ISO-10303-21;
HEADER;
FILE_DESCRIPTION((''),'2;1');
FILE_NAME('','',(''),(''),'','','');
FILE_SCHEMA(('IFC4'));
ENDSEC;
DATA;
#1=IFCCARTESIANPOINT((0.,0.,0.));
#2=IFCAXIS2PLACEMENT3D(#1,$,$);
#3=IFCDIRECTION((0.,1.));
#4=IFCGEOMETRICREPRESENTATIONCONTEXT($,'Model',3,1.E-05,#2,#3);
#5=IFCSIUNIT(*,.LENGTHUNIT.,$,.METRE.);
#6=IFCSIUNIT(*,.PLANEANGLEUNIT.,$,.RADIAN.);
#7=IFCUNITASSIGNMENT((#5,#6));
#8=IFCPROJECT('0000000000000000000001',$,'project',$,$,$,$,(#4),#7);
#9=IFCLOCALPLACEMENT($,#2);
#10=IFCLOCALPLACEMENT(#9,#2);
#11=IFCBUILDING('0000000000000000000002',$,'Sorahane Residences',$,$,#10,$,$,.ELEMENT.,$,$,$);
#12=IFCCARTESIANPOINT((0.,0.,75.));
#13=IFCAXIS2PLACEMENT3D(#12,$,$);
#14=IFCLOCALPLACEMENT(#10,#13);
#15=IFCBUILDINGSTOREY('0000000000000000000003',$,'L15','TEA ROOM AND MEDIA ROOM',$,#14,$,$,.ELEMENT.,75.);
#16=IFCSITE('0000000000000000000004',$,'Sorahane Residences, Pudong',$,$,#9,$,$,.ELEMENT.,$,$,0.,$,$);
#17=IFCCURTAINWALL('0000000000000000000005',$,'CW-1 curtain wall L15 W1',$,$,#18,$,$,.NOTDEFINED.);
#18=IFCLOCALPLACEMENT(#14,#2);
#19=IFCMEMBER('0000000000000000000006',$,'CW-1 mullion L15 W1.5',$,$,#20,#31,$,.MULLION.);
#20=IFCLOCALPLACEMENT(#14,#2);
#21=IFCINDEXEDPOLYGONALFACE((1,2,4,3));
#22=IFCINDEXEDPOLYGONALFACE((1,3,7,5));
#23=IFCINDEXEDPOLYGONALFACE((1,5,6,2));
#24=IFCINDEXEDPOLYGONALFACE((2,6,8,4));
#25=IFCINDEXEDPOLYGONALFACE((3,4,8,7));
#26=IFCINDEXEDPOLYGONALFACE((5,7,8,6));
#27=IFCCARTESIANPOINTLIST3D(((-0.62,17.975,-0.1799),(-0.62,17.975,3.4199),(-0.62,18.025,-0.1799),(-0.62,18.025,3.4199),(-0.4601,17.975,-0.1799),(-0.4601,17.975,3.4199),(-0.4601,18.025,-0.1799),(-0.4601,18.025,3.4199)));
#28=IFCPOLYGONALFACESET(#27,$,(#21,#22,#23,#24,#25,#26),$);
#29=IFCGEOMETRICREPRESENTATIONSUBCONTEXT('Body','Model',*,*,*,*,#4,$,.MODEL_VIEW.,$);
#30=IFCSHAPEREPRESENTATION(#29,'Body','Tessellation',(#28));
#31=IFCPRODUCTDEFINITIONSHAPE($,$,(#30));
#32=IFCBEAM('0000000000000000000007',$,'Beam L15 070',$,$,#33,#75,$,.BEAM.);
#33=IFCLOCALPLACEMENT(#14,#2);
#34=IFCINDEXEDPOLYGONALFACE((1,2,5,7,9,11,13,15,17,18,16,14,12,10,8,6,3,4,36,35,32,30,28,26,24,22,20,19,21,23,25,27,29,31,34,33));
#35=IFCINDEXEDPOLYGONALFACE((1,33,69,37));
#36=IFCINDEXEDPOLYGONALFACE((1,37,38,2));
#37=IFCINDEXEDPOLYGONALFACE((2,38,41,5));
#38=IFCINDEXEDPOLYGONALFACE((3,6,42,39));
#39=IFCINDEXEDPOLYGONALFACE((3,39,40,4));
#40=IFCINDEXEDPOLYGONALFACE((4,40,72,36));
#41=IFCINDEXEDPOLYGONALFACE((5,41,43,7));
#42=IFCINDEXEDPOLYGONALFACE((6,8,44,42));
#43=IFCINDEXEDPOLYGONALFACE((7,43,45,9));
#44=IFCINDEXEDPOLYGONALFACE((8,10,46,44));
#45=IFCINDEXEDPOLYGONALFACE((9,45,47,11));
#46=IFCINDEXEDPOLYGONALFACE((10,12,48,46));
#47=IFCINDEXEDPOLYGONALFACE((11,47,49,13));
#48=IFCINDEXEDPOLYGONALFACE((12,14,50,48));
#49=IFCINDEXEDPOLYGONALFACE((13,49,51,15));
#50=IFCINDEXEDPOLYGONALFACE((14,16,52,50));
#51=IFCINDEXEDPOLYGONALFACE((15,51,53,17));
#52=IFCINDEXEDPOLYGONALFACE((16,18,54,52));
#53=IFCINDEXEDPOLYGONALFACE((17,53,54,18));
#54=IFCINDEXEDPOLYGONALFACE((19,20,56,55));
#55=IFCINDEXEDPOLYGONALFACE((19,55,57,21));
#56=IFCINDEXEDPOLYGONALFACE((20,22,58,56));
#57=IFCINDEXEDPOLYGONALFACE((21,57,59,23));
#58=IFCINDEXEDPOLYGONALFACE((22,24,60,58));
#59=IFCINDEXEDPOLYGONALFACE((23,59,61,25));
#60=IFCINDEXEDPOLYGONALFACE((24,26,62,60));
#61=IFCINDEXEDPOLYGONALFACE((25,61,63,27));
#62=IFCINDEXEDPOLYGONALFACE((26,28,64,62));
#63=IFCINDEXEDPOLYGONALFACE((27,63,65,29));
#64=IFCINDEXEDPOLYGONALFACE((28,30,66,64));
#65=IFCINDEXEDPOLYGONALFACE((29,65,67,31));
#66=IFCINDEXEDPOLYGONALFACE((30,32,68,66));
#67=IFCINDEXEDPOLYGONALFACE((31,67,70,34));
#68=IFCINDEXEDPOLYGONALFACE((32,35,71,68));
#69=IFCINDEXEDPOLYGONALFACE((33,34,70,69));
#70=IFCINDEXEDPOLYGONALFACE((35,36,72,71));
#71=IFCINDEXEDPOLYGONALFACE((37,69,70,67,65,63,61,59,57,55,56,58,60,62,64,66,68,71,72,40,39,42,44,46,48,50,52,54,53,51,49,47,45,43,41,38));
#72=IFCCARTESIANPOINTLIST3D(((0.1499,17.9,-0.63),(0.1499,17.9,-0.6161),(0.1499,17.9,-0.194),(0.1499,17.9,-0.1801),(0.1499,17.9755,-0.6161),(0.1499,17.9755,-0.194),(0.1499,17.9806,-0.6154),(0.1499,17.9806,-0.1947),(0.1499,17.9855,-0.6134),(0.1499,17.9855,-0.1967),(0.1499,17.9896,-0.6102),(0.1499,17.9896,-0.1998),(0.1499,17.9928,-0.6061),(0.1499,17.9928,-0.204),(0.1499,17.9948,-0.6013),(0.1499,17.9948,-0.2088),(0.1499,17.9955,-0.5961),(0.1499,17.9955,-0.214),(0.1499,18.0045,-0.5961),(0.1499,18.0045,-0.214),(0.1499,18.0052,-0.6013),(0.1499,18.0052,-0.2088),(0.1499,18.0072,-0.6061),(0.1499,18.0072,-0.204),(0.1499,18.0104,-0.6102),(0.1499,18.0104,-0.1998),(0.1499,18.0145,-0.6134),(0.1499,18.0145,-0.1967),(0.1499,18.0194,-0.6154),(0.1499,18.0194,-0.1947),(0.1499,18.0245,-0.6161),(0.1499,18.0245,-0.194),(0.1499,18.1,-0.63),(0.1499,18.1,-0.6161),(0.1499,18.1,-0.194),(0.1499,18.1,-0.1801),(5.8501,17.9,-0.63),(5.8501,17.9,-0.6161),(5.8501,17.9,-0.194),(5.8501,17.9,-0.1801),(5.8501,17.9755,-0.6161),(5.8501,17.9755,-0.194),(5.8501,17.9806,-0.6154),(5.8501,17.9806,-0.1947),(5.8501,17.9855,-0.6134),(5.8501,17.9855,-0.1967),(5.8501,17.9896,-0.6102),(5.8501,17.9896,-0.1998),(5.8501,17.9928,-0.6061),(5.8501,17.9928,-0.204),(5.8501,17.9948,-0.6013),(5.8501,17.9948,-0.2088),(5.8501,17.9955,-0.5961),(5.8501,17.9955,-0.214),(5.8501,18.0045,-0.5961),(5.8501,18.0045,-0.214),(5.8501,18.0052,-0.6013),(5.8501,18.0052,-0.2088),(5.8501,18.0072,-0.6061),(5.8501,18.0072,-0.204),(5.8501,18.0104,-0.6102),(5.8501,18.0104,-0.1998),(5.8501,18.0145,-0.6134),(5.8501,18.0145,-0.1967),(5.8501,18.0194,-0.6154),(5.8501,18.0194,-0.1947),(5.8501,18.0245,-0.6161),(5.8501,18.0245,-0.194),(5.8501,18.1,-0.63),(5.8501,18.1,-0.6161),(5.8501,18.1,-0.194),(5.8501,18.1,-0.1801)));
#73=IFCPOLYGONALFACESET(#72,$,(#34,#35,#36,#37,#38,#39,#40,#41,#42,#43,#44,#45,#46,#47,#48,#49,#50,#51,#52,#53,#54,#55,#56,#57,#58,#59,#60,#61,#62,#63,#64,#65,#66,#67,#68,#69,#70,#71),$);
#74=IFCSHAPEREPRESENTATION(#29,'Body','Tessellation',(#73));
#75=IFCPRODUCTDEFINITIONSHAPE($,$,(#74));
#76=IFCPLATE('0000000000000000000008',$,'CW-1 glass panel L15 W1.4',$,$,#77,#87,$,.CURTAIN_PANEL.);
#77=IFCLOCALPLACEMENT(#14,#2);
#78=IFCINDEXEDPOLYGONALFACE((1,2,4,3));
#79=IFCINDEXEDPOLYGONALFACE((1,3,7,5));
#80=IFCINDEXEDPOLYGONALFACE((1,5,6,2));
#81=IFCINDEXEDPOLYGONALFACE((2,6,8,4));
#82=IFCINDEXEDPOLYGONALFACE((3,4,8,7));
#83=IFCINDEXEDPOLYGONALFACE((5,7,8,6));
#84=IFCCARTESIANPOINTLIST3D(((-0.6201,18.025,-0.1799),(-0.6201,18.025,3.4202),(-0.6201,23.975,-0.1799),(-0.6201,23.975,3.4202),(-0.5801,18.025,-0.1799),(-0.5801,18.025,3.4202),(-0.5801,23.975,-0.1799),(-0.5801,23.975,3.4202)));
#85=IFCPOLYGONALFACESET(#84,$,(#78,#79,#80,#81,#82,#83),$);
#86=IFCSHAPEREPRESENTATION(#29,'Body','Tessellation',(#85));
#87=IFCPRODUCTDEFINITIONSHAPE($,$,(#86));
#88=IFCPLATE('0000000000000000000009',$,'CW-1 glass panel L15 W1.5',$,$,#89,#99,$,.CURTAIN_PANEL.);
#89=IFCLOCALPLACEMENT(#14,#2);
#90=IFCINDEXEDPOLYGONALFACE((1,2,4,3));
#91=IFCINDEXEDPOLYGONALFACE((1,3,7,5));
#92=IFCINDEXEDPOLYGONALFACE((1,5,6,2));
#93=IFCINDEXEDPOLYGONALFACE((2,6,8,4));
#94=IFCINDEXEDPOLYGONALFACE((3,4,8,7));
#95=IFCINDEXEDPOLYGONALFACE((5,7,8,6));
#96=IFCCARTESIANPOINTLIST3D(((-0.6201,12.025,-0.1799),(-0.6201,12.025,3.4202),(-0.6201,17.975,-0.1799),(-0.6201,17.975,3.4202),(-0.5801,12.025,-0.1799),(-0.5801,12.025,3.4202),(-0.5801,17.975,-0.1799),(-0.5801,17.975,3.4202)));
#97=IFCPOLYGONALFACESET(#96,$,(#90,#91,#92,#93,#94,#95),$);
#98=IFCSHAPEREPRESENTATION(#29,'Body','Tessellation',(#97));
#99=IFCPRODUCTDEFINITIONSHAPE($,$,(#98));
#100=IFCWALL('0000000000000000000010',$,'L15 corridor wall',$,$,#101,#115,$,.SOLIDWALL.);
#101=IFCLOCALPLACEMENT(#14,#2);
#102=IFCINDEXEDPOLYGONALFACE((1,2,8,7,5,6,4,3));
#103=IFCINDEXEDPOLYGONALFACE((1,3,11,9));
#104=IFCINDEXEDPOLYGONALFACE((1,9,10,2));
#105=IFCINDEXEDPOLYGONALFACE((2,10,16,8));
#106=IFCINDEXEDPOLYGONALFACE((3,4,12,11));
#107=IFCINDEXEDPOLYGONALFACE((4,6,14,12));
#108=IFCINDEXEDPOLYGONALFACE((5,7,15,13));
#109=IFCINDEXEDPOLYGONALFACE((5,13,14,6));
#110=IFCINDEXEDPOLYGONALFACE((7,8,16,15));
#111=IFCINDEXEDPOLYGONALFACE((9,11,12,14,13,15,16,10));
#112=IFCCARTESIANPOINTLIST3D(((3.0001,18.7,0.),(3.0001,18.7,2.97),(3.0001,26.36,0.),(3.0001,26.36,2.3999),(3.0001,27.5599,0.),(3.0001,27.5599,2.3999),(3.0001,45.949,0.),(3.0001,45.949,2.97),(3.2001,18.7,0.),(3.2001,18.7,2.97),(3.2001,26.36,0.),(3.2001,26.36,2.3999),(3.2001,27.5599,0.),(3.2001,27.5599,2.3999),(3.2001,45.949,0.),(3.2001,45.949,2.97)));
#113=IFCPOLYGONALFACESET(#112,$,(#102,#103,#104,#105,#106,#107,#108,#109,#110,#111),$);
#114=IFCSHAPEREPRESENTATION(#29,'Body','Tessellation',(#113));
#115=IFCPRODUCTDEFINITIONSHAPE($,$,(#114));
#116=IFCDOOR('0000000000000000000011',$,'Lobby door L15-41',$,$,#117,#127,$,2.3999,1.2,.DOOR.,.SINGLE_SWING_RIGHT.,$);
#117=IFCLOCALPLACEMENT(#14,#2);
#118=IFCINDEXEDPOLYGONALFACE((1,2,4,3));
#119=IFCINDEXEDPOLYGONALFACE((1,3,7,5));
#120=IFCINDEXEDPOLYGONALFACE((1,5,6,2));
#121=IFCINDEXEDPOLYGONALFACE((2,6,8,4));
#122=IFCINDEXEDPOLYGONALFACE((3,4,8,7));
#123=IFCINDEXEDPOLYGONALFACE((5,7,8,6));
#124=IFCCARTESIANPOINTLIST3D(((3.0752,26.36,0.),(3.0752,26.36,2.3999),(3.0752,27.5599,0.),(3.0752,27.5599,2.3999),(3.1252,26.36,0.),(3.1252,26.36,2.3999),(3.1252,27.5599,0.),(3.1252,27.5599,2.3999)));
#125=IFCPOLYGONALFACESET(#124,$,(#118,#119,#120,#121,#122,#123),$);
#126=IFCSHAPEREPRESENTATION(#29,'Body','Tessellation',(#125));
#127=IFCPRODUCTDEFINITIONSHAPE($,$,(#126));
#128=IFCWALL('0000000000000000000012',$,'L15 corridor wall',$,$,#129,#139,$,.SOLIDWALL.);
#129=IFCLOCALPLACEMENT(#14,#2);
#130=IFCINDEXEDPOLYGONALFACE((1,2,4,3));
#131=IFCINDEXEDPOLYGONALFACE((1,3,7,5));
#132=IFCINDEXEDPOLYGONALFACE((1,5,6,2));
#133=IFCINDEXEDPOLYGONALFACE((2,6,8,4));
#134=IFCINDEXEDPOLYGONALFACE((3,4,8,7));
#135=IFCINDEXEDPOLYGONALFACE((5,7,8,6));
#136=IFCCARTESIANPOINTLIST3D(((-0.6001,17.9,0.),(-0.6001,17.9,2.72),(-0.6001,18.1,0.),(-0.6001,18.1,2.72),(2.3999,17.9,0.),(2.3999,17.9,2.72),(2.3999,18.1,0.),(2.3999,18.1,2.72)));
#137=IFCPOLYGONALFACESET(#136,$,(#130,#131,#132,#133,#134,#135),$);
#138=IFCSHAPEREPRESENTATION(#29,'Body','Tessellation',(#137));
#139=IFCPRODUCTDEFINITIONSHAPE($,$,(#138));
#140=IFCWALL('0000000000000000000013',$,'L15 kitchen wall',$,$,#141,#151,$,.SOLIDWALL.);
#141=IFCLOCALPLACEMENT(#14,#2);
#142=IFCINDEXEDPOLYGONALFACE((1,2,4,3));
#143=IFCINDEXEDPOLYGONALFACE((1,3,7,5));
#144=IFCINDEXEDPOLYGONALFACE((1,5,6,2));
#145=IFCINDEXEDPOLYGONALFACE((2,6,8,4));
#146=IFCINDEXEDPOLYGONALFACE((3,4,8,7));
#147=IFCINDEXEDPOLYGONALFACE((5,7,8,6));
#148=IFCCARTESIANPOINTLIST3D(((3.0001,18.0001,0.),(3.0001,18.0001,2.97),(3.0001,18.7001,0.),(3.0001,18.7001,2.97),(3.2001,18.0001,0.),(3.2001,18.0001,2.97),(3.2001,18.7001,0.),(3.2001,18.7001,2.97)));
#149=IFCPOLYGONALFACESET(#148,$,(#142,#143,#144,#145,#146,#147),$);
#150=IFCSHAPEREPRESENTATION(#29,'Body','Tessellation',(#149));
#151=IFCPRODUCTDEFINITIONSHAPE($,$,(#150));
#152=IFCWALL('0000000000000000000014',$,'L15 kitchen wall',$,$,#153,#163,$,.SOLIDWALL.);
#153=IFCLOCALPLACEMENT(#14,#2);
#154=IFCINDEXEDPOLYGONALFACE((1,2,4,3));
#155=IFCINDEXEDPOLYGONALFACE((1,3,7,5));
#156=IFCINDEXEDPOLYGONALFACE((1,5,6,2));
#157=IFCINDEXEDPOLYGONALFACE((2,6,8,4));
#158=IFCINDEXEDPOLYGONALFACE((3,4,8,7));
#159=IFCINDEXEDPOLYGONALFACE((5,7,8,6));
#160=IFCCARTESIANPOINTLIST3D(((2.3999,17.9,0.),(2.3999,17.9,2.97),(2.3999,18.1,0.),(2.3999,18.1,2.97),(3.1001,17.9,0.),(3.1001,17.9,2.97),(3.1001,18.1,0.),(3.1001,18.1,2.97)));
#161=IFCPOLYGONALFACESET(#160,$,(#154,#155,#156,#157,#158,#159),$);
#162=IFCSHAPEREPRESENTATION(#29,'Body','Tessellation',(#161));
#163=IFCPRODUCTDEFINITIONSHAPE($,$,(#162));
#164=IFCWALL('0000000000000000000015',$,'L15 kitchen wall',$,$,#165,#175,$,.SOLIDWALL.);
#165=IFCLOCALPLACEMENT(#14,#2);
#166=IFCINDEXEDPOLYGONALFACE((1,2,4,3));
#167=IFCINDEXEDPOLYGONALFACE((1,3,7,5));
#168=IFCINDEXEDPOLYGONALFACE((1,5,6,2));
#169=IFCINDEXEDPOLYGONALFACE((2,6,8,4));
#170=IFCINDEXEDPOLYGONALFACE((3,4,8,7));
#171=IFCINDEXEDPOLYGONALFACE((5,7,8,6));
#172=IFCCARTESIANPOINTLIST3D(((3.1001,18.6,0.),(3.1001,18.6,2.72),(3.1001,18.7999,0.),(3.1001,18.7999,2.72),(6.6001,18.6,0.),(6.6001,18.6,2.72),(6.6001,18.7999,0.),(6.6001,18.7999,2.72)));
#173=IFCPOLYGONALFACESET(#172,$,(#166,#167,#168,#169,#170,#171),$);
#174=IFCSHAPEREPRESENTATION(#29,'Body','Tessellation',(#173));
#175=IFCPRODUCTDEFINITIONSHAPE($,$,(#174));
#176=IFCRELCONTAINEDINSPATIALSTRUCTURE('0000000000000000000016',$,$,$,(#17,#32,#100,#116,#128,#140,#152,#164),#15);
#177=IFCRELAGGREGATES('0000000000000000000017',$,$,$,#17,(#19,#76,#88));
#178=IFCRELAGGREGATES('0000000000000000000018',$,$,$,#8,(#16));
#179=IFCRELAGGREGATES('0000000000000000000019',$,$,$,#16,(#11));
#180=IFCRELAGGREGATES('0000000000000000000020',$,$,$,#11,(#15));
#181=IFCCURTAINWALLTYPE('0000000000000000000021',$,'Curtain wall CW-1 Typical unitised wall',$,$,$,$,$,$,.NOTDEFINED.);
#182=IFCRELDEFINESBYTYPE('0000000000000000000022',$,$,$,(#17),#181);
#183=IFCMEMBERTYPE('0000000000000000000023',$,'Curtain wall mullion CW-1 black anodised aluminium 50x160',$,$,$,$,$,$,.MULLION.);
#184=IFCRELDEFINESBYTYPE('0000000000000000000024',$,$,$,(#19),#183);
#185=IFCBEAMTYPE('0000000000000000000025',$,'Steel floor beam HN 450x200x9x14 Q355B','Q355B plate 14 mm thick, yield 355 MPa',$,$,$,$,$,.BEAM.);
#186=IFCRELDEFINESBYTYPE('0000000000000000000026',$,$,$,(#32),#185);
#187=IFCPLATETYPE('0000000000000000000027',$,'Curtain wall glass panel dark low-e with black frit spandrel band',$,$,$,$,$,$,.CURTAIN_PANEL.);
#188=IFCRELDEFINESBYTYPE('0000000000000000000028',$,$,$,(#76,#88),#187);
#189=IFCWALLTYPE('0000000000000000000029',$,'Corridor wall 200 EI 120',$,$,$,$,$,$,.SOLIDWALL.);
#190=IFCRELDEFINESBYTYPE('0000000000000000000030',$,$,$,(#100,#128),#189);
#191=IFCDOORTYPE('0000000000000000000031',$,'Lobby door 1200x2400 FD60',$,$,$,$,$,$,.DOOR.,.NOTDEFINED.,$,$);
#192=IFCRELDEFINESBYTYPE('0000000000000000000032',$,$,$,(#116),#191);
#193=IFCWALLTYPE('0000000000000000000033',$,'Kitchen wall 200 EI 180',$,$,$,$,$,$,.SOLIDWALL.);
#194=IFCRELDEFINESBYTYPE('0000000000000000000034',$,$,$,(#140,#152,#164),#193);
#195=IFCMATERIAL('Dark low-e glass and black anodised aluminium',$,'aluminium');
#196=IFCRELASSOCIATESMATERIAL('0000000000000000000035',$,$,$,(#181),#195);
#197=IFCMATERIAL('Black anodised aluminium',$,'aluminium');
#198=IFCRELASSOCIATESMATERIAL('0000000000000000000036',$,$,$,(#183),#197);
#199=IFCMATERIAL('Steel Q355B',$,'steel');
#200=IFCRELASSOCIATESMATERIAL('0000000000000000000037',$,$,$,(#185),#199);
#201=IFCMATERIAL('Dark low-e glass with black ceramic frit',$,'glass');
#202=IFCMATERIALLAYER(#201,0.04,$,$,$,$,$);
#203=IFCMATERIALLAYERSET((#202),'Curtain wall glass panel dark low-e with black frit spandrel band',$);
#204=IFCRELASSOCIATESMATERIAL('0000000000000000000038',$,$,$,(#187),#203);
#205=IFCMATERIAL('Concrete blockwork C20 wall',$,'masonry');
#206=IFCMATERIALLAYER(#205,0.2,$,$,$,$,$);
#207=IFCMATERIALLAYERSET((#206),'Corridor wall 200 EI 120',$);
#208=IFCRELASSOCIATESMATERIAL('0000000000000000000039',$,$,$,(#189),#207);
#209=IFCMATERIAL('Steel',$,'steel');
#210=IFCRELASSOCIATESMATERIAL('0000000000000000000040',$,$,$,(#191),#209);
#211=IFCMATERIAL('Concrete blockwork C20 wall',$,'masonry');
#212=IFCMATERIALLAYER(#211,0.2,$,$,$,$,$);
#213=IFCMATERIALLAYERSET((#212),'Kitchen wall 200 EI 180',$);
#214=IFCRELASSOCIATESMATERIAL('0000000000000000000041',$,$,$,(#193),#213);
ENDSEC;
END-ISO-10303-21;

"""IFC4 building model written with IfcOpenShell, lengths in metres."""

from ifc_helpers import new_model, si_unit, direction, frame, frame_2d, origin, origin_2d, place, context, subcontext, project, spatial, rectangle, i_section, extrude, material, layer, layer_set, material_profile, profile_set, type_object, element, fill, aggregate, save


model = new_model("IFC4")

# Units and contexts
model_context = context("Model", 3, precision=1e-05, world=origin(), true_north=direction((0.0, 1.0)))
body_context = subcontext(model_context, "Body", "Model", "MODEL_VIEW")
ifc_project = project(units=[si_unit("LENGTHUNIT", "METRE"), si_unit("PLANEANGLEUNIT", "RADIAN")], contexts=[model_context])

# Site, building, storey
site_placement = place(None, origin())
site = spatial("IfcSite", under=ifc_project, at=site_placement, Name="Sorahane Residences, Pudong", CompositionType="ELEMENT", RefElevation=0.0)
building_placement = place(site_placement, origin())
building = spatial("IfcBuilding", under=site, at=building_placement, Name="Sorahane Residences", CompositionType="ELEMENT")
storey_placement = place(building_placement, frame((0.0, 0.0, 75.0)))
storey = spatial("IfcBuildingStorey", under=building, at=storey_placement, Name="L15", Description="TEA ROOM AND MEDIA ROOM", CompositionType="ELEMENT", Elevation=75.0)

# Curtain wall, member
ifc_material_1 = material(Name="Dark low-e glass and black anodised aluminium", Category="aluminium")
curtain_wall_type = type_object("IfcCurtainWallType", Name="Curtain wall CW-1 Typical unitised wall", PredefinedType="NOTDEFINED", material=ifc_material_1)
curtain_wall_placement = place(storey_placement, origin())
curtain_wall = element("IfcCurtainWall", 1, at=curtain_wall_placement, inside=storey, type_object=curtain_wall_type, Name="CW-1 curtain wall L15 W1", PredefinedType="NOTDEFINED")
ifc_material_2 = material(Name="Black anodised aluminium", Category="aluminium")
ifc_material_profile_1 = material_profile(ifc_material_2, rectangle(XDim=0.1599, YDim=0.05, at=origin_2d()), Name="Curtain wall mullion CW-1 black anodised aluminium 50x160")
ifc_profile_set_1 = profile_set([ifc_material_profile_1], Name="Black anodised aluminium")
member_type = type_object("IfcMemberType", Name="Curtain wall mullion CW-1 black anodised aluminium 50x160", PredefinedType="MULLION", material=ifc_profile_set_1)
member_placement = place(storey_placement, frame((-0.54, 18.0, -0.1799), z_axis=(0.0, 0.0, 1.0), x_axis=(-1.0, 0.0, 0.0)))
member = element("IfcMember", 2, at=member_placement, type_object=member_type, Name="CW-1 mullion L15 W1.5", PredefinedType="MULLION", context=body_context, shape_type="SweptSolid", body=[
    extrude(rectangle(XDim=0.1599, YDim=0.05, at=origin_2d()), origin(), (0.0, 0.0, 1.0), 3.5999),
])

# Beam
ifc_material_3 = material(Name="Steel Q355B", Category="steel")
ifc_material_profile_2 = material_profile(ifc_material_3, i_section(OverallWidth=0.2, OverallDepth=0.45, WebThickness=0.009, FlangeThickness=0.0139, FilletRadius=0.02, at=origin_2d()), Name="HN 450x200x9x14")
ifc_profile_set_2 = profile_set([ifc_material_profile_2], Name="Steel Q355B")
beam_type = type_object("IfcBeamType", Name="Steel floor beam HN 450x200x9x14 Q355B", Description="Q355B plate 14 mm thick, yield 355 MPa", PredefinedType="BEAM", material=ifc_profile_set_2)
beam_placement = place(storey_placement, frame((0.1499, 18.0, -0.405), z_axis=(1.0, 0.0, 0.0), x_axis=(0.0, 1.0, 0.0)))
element("IfcBeam", 3, at=beam_placement, inside=storey, type_object=beam_type, Name="Beam L15 070", PredefinedType="BEAM", context=body_context, shape_type="SweptSolid", body=[
    extrude(i_section(OverallWidth=0.2, OverallDepth=0.45, WebThickness=0.009, FlangeThickness=0.0139, FilletRadius=0.02, at=origin_2d()), origin(), (0.0, 0.0, 1.0), 5.7002),
])

# Plates
ifc_material_4 = material(Name="Dark low-e glass with black ceramic frit", Category="glass")
ifc_layer_1 = layer(ifc_material_4, 0.04)
ifc_layer_set_1 = layer_set([ifc_layer_1], Name="Curtain wall glass panel dark low-e with black frit spandrel band")
plate_type = type_object("IfcPlateType", Name="Curtain wall glass panel dark low-e with black frit spandrel band", PredefinedType="CURTAIN_PANEL", material=ifc_layer_set_1)
plate_1_placement = place(storey_placement, frame((-0.6001, 21.0, -0.1799), z_axis=(0.0, 0.0, 1.0), x_axis=(0.0, -1.0, 0.0)))
plate_1 = element("IfcPlate", 4, at=plate_1_placement, type_object=plate_type, Name="CW-1 glass panel L15 W1.4", PredefinedType="CURTAIN_PANEL", context=body_context, shape_type="SweptSolid", body=[
    extrude(rectangle(XDim=5.95, YDim=0.04, at=origin_2d()), origin(), (0.0, 0.0, 1.0), 3.6001),
])
plate_2_placement = place(storey_placement, frame((-0.6001, 15.0, -0.1799), z_axis=(0.0, 0.0, 1.0), x_axis=(0.0, -1.0, 0.0)))
plate_2 = element("IfcPlate", 5, at=plate_2_placement, type_object=plate_type, Name="CW-1 glass panel L15 W1.5", PredefinedType="CURTAIN_PANEL", context=body_context, shape_type="SweptSolid", body=[
    extrude(rectangle(XDim=5.95, YDim=0.04, at=origin_2d()), origin(), (0.0, 0.0, 1.0), 3.6001),
])
aggregate(curtain_wall, [member, plate_1, plate_2])

# Wall, opening, door
ifc_material_5 = material(Name="Concrete blockwork C20 wall", Category="masonry")
ifc_layer_2 = layer(ifc_material_5, 0.2)
ifc_layer_set_2 = layer_set([ifc_layer_2], Name="Corridor wall 200 EI 120")
wall_type_1 = type_object("IfcWallType", Name="Corridor wall 200 EI 120", PredefinedType="SOLIDWALL", material=ifc_layer_set_2)
wall_1_placement = place(storey_placement, frame((3.1001, 18.7, 0.0), z_axis=(0.0, 0.0, 1.0), x_axis=(0.0, 1.0, 0.0)))
wall_1 = element("IfcWall", 6, at=wall_1_placement, inside=storey, type_object=wall_type_1, Name="L15 corridor wall", PredefinedType="SOLIDWALL", context=body_context, shape_type="SweptSolid", body=[
    extrude(rectangle(XDim=27.249, YDim=0.2, at=frame_2d((13.6245, 0.0))), origin(), (0.0, 0.0, 1.0), 2.97),
])
opening_1_placement = place(wall_1_placement, frame((7.6599, 0.0, 0.0)))
opening_1 = element("IfcOpeningElement", 7, at=opening_1_placement, cuts=wall_1, PredefinedType="OPENING", context=body_context, shape_type="SweptSolid", body=[
    extrude(rectangle(XDim=1.2, YDim=2.3999, at=frame_2d((0.6001, 1.2))), frame((0.0, 0.1099, 0.0), z_axis=(0.0, -1.0, 0.0), x_axis=(1.0, 0.0, 0.0)), (0.0, 0.0, 1.0), 0.22),
])
ifc_material_6 = material(Name="Steel", Category="steel")
door_type_1 = type_object("IfcDoorType", Name="Lobby door 1200x2400 FD60", OperationType="NOTDEFINED", PredefinedType="DOOR", material=ifc_material_6)
door_1_placement = place(opening_1_placement, origin())
door_1 = element("IfcDoor", 8, at=door_1_placement, inside=storey, type_object=door_type_1, Name="Lobby door L15-41", OperationType="SINGLE_SWING_RIGHT", OverallHeight=2.3999, OverallWidth=1.2, PredefinedType="DOOR", context=body_context, shape_type="SweptSolid", body=[
    extrude(rectangle(XDim=1.2, YDim=2.3999, at=frame_2d((0.6001, 1.2))), frame((0.0, 0.0249, 0.0), z_axis=(0.0, -1.0, 0.0), x_axis=(1.0, 0.0, 0.0)), (0.0, 0.0, 1.0), 0.05),
])
fill(opening_1, door_1)

# Walls
wall_2_placement = place(storey_placement, frame((-0.6001, 18.0, 0.0), z_axis=(0.0, 0.0, 1.0), x_axis=(1.0, 0.0, 0.0)))
element("IfcWall", 9, at=wall_2_placement, inside=storey, type_object=wall_type_1, Name="L15 corridor wall", PredefinedType="SOLIDWALL", context=body_context, shape_type="SweptSolid", body=[
    extrude(rectangle(XDim=3.0, YDim=0.2, at=frame_2d((1.5, 0.0))), origin(), (0.0, 0.0, 1.0), 2.72),
])
ifc_material_7 = material(Name="Concrete blockwork C20 wall", Category="masonry")
ifc_layer_3 = layer(ifc_material_7, 0.2)
ifc_layer_set_3 = layer_set([ifc_layer_3], Name="Kitchen wall 200 EI 180")
wall_type_2 = type_object("IfcWallType", Name="Kitchen wall 200 EI 180", PredefinedType="SOLIDWALL", material=ifc_layer_set_3)
wall_3_placement = place(storey_placement, frame((3.1001, 18.0, 0.0), z_axis=(0.0, 0.0, 1.0), x_axis=(0.0, 1.0, 0.0)))
element("IfcWall", 10, at=wall_3_placement, inside=storey, type_object=wall_type_2, Name="L15 kitchen wall", PredefinedType="SOLIDWALL", context=body_context, shape_type="SweptSolid", body=[
    extrude(rectangle(XDim=0.7, YDim=0.2, at=frame_2d((0.3501, 0.0))), origin(), (0.0, 0.0, 1.0), 2.97),
])
wall_4_placement = place(storey_placement, frame((2.3999, 18.0, 0.0), z_axis=(0.0, 0.0, 1.0), x_axis=(1.0, 0.0, 0.0)))
element("IfcWall", 11, at=wall_4_placement, inside=storey, type_object=wall_type_2, Name="L15 kitchen wall", PredefinedType="SOLIDWALL", context=body_context, shape_type="SweptSolid", body=[
    extrude(rectangle(XDim=0.7002, YDim=0.2, at=frame_2d((0.3501, 0.0))), origin(), (0.0, 0.0, 1.0), 2.97),
])
wall_5_placement = place(storey_placement, frame((3.1001, 18.7, 0.0), z_axis=(0.0, 0.0, 1.0), x_axis=(1.0, 0.0, 0.0)))
element("IfcWall", 12, at=wall_5_placement, inside=storey, type_object=wall_type_2, Name="L15 kitchen wall", PredefinedType="SOLIDWALL", context=body_context, shape_type="SweptSolid", body=[
    extrude(rectangle(XDim=3.5, YDim=0.2, at=frame_2d((1.75, 0.0))), origin(), (0.0, 0.0, 1.0), 2.72),
])

save(model, "model.ifc")
